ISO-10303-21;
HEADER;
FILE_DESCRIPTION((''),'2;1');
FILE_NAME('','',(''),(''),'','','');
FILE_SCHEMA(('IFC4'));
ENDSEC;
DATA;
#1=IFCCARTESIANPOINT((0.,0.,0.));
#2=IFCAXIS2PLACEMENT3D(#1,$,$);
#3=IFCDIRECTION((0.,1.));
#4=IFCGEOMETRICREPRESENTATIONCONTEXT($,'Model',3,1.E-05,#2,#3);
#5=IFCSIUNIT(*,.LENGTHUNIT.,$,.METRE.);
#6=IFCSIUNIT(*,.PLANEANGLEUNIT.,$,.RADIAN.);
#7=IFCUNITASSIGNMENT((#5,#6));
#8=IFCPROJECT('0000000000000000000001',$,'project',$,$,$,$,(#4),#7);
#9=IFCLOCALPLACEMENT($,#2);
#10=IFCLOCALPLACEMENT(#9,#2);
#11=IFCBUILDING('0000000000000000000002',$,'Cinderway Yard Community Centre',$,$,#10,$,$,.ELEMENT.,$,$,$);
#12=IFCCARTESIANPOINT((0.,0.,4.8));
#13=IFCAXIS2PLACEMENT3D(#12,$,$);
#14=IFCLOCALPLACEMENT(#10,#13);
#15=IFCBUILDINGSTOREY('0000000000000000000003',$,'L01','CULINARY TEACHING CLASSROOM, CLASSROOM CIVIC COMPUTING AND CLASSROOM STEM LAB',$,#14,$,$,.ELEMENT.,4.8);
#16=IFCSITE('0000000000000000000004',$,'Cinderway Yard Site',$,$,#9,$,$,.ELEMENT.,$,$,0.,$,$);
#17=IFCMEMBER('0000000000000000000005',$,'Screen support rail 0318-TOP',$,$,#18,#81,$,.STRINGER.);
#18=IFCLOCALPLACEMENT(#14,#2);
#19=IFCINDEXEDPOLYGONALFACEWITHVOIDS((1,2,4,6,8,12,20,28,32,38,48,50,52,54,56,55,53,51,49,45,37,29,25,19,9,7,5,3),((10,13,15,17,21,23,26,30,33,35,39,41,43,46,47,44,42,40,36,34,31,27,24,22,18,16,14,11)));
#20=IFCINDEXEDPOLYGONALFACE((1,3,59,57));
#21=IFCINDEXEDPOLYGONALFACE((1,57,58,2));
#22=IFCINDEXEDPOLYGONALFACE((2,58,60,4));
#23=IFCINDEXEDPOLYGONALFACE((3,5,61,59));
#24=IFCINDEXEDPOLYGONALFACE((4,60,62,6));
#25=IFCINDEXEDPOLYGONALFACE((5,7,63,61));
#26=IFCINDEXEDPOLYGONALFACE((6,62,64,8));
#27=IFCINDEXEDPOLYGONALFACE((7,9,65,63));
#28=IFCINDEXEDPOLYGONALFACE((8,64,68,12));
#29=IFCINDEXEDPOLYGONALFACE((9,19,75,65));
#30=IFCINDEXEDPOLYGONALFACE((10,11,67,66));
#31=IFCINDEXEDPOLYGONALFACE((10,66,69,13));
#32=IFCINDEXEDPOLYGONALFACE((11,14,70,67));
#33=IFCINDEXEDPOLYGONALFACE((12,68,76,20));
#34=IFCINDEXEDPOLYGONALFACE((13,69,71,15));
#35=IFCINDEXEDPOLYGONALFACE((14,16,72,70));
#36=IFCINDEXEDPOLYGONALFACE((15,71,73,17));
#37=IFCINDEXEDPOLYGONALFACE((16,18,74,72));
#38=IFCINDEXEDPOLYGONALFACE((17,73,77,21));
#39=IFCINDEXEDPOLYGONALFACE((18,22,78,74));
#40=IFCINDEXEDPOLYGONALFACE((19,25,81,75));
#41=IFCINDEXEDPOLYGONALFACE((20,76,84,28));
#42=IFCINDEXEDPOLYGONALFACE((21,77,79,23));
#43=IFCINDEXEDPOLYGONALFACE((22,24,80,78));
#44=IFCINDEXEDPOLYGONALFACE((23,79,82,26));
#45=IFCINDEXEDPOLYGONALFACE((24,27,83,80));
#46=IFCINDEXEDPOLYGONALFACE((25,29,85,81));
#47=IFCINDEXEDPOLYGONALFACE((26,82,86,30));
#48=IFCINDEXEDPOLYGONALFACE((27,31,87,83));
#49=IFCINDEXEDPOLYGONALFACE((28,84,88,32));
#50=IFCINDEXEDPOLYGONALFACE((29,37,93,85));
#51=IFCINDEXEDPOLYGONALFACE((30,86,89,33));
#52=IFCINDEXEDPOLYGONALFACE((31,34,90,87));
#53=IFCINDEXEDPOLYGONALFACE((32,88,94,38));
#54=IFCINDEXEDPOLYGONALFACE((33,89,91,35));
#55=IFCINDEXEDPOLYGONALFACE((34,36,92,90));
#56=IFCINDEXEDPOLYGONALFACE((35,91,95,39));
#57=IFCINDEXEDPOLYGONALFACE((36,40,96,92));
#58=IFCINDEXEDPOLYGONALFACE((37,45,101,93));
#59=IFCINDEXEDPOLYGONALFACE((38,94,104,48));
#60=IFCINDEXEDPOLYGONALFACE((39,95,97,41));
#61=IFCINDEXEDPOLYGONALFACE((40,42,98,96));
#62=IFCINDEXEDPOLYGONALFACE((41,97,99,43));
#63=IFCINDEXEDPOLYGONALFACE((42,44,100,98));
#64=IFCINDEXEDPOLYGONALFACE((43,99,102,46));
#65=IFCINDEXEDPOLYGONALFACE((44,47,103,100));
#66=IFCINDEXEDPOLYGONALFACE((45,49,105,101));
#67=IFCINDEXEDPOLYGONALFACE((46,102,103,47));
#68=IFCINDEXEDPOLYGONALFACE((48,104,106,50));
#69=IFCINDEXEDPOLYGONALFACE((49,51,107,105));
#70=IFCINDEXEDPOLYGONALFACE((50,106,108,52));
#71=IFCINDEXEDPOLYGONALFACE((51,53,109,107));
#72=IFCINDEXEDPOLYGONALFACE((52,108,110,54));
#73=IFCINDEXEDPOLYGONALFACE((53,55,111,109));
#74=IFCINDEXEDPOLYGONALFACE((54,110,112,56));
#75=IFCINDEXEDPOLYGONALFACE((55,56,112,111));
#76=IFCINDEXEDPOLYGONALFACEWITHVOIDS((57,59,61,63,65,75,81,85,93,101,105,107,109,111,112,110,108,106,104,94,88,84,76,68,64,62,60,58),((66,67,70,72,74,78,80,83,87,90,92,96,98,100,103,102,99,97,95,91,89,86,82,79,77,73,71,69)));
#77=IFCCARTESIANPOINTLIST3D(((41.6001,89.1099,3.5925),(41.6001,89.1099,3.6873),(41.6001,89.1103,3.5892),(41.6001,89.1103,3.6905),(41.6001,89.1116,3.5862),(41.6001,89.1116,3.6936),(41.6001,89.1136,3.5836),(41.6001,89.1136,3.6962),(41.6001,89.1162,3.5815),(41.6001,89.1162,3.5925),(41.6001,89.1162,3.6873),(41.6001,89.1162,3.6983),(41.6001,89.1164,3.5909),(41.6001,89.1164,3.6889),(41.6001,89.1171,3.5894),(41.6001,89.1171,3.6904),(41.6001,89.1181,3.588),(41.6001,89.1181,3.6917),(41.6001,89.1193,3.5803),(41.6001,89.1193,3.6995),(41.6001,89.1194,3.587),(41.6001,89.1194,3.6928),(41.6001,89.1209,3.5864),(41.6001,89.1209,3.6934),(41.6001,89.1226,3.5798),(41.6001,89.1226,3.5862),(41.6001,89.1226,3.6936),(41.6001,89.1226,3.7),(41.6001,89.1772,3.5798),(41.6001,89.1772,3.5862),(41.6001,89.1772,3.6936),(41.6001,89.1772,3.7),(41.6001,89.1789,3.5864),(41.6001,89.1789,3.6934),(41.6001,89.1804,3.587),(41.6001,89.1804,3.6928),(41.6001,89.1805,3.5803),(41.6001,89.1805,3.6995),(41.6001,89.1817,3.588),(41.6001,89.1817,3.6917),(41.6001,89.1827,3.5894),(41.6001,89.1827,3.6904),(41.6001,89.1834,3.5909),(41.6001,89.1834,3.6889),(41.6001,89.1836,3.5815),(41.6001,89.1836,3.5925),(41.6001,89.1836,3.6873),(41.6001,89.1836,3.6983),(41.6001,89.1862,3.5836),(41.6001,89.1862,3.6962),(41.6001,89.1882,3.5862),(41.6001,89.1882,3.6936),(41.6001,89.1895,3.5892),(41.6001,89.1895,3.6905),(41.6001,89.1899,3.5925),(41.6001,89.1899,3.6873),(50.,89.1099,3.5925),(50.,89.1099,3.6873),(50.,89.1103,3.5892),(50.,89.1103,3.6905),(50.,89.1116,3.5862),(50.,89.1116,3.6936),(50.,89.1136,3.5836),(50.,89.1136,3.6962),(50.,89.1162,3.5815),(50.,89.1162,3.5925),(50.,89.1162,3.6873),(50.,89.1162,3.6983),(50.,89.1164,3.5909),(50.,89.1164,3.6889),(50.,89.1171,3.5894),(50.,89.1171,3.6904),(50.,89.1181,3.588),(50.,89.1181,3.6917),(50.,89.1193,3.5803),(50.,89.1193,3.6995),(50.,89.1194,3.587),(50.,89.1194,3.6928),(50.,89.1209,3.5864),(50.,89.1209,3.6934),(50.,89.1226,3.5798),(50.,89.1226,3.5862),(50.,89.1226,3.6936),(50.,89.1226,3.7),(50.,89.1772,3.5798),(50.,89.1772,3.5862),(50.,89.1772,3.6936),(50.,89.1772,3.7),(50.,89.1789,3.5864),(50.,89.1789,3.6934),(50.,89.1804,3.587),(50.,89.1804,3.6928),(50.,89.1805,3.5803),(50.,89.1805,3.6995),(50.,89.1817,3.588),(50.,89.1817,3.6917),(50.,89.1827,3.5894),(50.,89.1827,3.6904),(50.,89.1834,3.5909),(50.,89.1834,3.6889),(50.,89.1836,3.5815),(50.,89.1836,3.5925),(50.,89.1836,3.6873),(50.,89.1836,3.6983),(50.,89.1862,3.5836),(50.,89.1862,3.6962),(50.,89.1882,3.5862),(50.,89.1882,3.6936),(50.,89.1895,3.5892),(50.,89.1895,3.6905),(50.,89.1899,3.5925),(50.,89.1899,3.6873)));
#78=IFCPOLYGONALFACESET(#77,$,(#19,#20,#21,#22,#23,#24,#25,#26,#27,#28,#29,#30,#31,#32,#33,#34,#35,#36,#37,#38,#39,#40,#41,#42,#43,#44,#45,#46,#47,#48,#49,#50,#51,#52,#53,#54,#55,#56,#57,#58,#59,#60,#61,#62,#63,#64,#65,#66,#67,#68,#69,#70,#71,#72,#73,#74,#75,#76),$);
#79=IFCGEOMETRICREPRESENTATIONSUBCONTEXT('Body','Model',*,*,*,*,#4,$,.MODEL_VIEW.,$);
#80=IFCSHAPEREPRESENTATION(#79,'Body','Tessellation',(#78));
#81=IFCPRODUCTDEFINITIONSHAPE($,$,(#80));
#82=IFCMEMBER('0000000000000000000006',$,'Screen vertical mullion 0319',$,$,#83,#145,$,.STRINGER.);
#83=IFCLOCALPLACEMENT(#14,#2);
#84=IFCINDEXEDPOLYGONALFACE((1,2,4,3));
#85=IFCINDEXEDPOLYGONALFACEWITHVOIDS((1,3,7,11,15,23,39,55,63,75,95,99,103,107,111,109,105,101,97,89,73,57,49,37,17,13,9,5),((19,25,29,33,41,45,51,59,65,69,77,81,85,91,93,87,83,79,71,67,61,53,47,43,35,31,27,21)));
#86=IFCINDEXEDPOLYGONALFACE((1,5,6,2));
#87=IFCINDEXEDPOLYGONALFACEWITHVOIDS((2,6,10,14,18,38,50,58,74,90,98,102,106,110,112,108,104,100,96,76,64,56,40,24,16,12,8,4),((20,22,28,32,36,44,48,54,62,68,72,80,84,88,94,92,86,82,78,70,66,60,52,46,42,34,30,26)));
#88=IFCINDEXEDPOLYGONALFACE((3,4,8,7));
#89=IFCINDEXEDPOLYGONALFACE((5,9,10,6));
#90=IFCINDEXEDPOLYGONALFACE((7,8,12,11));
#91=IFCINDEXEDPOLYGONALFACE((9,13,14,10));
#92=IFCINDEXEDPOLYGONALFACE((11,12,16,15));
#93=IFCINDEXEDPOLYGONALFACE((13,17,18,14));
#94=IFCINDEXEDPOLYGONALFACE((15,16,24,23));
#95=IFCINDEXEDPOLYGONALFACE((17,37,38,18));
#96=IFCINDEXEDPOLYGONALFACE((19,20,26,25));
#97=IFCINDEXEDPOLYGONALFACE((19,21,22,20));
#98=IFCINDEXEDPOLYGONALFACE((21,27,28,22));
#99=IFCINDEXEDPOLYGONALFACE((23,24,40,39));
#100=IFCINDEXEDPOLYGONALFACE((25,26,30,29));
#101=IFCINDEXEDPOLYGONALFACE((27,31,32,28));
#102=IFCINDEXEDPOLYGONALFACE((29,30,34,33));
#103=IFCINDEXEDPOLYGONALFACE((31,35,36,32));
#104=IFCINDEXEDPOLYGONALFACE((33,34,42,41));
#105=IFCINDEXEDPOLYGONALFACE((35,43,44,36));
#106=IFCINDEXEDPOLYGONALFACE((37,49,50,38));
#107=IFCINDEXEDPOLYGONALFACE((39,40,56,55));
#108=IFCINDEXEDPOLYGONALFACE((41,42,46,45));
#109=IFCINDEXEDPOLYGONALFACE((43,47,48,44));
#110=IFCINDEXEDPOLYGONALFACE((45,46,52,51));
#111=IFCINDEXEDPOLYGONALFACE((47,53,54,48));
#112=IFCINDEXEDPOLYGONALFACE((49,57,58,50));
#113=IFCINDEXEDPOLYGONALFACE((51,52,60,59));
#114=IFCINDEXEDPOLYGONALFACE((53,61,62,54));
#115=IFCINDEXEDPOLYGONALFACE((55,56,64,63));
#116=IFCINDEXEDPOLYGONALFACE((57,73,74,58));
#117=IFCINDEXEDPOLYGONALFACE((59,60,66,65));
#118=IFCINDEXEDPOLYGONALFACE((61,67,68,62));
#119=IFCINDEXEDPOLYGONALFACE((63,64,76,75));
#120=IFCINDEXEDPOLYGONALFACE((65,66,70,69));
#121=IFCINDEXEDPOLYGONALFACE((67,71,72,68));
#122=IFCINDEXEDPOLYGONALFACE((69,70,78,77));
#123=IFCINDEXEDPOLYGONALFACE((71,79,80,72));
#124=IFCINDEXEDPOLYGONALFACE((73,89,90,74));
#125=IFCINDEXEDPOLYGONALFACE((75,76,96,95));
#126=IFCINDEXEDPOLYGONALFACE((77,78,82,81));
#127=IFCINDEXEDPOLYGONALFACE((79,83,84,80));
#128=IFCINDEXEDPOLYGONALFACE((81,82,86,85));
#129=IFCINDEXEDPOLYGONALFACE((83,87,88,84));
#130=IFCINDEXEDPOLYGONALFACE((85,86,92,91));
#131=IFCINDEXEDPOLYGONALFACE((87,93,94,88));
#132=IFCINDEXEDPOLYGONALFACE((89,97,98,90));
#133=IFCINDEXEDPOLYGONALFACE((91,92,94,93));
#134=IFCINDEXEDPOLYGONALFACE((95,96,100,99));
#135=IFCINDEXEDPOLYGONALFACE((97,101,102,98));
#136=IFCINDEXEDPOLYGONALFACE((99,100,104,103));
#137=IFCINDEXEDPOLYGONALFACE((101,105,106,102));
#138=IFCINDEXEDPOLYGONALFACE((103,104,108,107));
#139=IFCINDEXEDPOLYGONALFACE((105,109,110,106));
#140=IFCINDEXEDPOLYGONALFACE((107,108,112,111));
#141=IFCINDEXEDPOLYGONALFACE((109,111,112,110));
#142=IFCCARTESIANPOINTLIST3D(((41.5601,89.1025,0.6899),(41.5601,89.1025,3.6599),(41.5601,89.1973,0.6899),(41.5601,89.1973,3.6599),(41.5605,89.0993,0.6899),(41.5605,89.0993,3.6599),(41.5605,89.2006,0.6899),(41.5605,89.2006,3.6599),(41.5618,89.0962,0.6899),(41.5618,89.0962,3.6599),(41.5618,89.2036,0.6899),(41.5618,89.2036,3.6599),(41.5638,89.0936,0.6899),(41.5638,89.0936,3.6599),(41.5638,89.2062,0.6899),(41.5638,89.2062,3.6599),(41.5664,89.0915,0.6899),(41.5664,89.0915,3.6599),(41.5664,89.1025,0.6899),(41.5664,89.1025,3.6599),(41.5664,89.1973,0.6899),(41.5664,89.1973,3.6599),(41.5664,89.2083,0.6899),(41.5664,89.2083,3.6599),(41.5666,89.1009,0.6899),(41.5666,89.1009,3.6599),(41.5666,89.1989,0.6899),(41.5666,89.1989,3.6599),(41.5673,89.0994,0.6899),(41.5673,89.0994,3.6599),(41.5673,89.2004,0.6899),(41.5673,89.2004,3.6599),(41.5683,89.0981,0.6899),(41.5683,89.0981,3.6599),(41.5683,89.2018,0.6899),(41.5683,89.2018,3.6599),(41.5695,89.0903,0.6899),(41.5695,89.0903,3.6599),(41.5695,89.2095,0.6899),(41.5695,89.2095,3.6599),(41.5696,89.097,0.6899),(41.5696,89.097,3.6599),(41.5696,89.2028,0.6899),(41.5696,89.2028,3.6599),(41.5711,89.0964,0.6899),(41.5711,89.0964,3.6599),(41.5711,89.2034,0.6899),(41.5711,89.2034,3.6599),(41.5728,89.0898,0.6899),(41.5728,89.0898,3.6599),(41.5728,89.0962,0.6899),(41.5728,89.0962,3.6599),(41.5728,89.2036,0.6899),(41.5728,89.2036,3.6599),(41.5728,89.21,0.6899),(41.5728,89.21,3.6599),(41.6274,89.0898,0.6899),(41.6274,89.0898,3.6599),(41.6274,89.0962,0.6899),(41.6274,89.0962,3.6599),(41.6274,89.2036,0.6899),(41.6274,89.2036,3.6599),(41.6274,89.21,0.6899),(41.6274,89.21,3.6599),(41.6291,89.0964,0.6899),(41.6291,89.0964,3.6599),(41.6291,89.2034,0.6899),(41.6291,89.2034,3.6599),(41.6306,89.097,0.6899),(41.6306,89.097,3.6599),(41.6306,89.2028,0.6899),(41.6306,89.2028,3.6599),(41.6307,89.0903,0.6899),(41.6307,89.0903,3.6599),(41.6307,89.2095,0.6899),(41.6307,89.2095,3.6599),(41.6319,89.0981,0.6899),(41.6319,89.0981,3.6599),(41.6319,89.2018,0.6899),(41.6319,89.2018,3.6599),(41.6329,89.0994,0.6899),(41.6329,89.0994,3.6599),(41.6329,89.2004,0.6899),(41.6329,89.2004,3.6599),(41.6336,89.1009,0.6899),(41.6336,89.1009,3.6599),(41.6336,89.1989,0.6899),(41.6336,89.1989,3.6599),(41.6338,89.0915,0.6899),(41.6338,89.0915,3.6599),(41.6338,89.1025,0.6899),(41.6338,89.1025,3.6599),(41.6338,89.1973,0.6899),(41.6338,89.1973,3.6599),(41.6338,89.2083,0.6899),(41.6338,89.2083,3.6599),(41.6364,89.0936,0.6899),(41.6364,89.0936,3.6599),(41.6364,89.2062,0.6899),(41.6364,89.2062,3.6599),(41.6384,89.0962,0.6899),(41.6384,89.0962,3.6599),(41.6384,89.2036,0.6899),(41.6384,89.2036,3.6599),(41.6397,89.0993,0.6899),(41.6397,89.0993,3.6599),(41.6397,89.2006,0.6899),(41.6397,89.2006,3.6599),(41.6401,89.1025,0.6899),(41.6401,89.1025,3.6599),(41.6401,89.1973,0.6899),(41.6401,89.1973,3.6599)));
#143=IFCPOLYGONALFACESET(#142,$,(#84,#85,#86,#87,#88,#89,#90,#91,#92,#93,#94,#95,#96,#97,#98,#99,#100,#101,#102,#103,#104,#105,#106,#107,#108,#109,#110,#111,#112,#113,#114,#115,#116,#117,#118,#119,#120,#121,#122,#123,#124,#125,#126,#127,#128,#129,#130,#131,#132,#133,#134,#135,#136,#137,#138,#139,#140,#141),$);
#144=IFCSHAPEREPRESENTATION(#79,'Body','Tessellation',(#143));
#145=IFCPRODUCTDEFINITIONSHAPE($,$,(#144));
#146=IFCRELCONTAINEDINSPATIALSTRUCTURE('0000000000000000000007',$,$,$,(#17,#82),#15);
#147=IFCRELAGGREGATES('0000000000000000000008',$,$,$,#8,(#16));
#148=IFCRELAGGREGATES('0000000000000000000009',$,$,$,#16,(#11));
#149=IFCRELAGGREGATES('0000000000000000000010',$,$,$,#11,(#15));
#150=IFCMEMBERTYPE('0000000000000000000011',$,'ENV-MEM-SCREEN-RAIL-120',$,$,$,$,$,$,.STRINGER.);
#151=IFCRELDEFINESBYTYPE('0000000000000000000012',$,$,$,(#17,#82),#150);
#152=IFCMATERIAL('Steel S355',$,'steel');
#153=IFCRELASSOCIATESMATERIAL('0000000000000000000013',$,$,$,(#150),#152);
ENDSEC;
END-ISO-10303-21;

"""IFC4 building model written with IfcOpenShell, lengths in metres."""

from ifc_helpers import new_model, si_unit, direction, frame, origin, origin_2d, place, context, subcontext, project, spatial, hollow_rectangle, extrude, material, material_profile, profile_set, type_object, element, save


model = new_model("IFC4")

# Units and contexts
model_context = context("Model", 3, precision=1e-05, world=origin(), true_north=direction((0.0, 1.0)))
body_context = subcontext(model_context, "Body", "Model", "MODEL_VIEW")
ifc_project = project(units=[si_unit("LENGTHUNIT", "METRE"), si_unit("PLANEANGLEUNIT", "RADIAN")], contexts=[model_context])

# Site, building, storey
site_placement = place(None, origin())
site = spatial("IfcSite", under=ifc_project, at=site_placement, Name="Cinderway Yard Site", CompositionType="ELEMENT", RefElevation=0.0)
building_placement = place(site_placement, origin())
building = spatial("IfcBuilding", under=site, at=building_placement, Name="Cinderway Yard Community Centre", CompositionType="ELEMENT")
storey_placement = place(building_placement, frame((0.0, 0.0, 4.8)))
storey = spatial("IfcBuildingStorey", under=building, at=storey_placement, Name="L01", Description="CULINARY TEACHING CLASSROOM, CLASSROOM CIVIC COMPUTING AND CLASSROOM STEM LAB", CompositionType="ELEMENT", Elevation=4.8)

# Members
ifc_material_1 = material(Name="Steel S355", Category="steel")
ifc_material_profile_1 = material_profile(ifc_material_1, hollow_rectangle(XDim=0.0801, YDim=0.1201, WallThickness=0.0063, InnerFilletRadius=0.0063, OuterFilletRadius=0.0127, at=origin_2d()), Name="Steel S355")
ifc_profile_set_1 = profile_set([ifc_material_profile_1], Name="Steel S355")
member_type_1 = type_object("IfcMemberType", Name="ENV-MEM-SCREEN-RAIL-120", PredefinedType="STRINGER", material=ifc_profile_set_1)
for number, where, z_axis, x_axis, name in (
    (1, (41.6001, 89.1499, 3.6399), (1.0, 0.0, 0.0), (0.0, 1.0, 0.0), "Screen support rail 0318-TOP"),
):
    element("IfcMember", number, at=place(storey_placement, frame(where, z_axis=z_axis, x_axis=x_axis)), inside=storey, type_object=member_type_1, Name=name, PredefinedType="STRINGER", context=body_context, shape_type="SweptSolid", body=[
        extrude(hollow_rectangle(XDim=0.0801, YDim=0.1201, WallThickness=0.0063, InnerFilletRadius=0.0063, OuterFilletRadius=0.0127, at=origin_2d()), origin(), (0.0, 0.0, 1.0), 8.3999),
    ])
for number, where, z_axis, x_axis, name in (
    (2, (41.6001, 89.1499, 0.6899), (0.0, 0.0, 1.0), (1.0, 0.0, 0.0), "Screen vertical mullion 0319"),
):
    element("IfcMember", number, at=place(storey_placement, frame(where, z_axis=z_axis, x_axis=x_axis)), inside=storey, type_object=member_type_1, Name=name, PredefinedType="STRINGER", context=body_context, shape_type="SweptSolid", body=[
        extrude(hollow_rectangle(XDim=0.0801, YDim=0.1201, WallThickness=0.0063, InnerFilletRadius=0.0063, OuterFilletRadius=0.0127, at=origin_2d()), origin(), (0.0, 0.0, 1.0), 2.97),
    ])

save(model, "model.ifc")
